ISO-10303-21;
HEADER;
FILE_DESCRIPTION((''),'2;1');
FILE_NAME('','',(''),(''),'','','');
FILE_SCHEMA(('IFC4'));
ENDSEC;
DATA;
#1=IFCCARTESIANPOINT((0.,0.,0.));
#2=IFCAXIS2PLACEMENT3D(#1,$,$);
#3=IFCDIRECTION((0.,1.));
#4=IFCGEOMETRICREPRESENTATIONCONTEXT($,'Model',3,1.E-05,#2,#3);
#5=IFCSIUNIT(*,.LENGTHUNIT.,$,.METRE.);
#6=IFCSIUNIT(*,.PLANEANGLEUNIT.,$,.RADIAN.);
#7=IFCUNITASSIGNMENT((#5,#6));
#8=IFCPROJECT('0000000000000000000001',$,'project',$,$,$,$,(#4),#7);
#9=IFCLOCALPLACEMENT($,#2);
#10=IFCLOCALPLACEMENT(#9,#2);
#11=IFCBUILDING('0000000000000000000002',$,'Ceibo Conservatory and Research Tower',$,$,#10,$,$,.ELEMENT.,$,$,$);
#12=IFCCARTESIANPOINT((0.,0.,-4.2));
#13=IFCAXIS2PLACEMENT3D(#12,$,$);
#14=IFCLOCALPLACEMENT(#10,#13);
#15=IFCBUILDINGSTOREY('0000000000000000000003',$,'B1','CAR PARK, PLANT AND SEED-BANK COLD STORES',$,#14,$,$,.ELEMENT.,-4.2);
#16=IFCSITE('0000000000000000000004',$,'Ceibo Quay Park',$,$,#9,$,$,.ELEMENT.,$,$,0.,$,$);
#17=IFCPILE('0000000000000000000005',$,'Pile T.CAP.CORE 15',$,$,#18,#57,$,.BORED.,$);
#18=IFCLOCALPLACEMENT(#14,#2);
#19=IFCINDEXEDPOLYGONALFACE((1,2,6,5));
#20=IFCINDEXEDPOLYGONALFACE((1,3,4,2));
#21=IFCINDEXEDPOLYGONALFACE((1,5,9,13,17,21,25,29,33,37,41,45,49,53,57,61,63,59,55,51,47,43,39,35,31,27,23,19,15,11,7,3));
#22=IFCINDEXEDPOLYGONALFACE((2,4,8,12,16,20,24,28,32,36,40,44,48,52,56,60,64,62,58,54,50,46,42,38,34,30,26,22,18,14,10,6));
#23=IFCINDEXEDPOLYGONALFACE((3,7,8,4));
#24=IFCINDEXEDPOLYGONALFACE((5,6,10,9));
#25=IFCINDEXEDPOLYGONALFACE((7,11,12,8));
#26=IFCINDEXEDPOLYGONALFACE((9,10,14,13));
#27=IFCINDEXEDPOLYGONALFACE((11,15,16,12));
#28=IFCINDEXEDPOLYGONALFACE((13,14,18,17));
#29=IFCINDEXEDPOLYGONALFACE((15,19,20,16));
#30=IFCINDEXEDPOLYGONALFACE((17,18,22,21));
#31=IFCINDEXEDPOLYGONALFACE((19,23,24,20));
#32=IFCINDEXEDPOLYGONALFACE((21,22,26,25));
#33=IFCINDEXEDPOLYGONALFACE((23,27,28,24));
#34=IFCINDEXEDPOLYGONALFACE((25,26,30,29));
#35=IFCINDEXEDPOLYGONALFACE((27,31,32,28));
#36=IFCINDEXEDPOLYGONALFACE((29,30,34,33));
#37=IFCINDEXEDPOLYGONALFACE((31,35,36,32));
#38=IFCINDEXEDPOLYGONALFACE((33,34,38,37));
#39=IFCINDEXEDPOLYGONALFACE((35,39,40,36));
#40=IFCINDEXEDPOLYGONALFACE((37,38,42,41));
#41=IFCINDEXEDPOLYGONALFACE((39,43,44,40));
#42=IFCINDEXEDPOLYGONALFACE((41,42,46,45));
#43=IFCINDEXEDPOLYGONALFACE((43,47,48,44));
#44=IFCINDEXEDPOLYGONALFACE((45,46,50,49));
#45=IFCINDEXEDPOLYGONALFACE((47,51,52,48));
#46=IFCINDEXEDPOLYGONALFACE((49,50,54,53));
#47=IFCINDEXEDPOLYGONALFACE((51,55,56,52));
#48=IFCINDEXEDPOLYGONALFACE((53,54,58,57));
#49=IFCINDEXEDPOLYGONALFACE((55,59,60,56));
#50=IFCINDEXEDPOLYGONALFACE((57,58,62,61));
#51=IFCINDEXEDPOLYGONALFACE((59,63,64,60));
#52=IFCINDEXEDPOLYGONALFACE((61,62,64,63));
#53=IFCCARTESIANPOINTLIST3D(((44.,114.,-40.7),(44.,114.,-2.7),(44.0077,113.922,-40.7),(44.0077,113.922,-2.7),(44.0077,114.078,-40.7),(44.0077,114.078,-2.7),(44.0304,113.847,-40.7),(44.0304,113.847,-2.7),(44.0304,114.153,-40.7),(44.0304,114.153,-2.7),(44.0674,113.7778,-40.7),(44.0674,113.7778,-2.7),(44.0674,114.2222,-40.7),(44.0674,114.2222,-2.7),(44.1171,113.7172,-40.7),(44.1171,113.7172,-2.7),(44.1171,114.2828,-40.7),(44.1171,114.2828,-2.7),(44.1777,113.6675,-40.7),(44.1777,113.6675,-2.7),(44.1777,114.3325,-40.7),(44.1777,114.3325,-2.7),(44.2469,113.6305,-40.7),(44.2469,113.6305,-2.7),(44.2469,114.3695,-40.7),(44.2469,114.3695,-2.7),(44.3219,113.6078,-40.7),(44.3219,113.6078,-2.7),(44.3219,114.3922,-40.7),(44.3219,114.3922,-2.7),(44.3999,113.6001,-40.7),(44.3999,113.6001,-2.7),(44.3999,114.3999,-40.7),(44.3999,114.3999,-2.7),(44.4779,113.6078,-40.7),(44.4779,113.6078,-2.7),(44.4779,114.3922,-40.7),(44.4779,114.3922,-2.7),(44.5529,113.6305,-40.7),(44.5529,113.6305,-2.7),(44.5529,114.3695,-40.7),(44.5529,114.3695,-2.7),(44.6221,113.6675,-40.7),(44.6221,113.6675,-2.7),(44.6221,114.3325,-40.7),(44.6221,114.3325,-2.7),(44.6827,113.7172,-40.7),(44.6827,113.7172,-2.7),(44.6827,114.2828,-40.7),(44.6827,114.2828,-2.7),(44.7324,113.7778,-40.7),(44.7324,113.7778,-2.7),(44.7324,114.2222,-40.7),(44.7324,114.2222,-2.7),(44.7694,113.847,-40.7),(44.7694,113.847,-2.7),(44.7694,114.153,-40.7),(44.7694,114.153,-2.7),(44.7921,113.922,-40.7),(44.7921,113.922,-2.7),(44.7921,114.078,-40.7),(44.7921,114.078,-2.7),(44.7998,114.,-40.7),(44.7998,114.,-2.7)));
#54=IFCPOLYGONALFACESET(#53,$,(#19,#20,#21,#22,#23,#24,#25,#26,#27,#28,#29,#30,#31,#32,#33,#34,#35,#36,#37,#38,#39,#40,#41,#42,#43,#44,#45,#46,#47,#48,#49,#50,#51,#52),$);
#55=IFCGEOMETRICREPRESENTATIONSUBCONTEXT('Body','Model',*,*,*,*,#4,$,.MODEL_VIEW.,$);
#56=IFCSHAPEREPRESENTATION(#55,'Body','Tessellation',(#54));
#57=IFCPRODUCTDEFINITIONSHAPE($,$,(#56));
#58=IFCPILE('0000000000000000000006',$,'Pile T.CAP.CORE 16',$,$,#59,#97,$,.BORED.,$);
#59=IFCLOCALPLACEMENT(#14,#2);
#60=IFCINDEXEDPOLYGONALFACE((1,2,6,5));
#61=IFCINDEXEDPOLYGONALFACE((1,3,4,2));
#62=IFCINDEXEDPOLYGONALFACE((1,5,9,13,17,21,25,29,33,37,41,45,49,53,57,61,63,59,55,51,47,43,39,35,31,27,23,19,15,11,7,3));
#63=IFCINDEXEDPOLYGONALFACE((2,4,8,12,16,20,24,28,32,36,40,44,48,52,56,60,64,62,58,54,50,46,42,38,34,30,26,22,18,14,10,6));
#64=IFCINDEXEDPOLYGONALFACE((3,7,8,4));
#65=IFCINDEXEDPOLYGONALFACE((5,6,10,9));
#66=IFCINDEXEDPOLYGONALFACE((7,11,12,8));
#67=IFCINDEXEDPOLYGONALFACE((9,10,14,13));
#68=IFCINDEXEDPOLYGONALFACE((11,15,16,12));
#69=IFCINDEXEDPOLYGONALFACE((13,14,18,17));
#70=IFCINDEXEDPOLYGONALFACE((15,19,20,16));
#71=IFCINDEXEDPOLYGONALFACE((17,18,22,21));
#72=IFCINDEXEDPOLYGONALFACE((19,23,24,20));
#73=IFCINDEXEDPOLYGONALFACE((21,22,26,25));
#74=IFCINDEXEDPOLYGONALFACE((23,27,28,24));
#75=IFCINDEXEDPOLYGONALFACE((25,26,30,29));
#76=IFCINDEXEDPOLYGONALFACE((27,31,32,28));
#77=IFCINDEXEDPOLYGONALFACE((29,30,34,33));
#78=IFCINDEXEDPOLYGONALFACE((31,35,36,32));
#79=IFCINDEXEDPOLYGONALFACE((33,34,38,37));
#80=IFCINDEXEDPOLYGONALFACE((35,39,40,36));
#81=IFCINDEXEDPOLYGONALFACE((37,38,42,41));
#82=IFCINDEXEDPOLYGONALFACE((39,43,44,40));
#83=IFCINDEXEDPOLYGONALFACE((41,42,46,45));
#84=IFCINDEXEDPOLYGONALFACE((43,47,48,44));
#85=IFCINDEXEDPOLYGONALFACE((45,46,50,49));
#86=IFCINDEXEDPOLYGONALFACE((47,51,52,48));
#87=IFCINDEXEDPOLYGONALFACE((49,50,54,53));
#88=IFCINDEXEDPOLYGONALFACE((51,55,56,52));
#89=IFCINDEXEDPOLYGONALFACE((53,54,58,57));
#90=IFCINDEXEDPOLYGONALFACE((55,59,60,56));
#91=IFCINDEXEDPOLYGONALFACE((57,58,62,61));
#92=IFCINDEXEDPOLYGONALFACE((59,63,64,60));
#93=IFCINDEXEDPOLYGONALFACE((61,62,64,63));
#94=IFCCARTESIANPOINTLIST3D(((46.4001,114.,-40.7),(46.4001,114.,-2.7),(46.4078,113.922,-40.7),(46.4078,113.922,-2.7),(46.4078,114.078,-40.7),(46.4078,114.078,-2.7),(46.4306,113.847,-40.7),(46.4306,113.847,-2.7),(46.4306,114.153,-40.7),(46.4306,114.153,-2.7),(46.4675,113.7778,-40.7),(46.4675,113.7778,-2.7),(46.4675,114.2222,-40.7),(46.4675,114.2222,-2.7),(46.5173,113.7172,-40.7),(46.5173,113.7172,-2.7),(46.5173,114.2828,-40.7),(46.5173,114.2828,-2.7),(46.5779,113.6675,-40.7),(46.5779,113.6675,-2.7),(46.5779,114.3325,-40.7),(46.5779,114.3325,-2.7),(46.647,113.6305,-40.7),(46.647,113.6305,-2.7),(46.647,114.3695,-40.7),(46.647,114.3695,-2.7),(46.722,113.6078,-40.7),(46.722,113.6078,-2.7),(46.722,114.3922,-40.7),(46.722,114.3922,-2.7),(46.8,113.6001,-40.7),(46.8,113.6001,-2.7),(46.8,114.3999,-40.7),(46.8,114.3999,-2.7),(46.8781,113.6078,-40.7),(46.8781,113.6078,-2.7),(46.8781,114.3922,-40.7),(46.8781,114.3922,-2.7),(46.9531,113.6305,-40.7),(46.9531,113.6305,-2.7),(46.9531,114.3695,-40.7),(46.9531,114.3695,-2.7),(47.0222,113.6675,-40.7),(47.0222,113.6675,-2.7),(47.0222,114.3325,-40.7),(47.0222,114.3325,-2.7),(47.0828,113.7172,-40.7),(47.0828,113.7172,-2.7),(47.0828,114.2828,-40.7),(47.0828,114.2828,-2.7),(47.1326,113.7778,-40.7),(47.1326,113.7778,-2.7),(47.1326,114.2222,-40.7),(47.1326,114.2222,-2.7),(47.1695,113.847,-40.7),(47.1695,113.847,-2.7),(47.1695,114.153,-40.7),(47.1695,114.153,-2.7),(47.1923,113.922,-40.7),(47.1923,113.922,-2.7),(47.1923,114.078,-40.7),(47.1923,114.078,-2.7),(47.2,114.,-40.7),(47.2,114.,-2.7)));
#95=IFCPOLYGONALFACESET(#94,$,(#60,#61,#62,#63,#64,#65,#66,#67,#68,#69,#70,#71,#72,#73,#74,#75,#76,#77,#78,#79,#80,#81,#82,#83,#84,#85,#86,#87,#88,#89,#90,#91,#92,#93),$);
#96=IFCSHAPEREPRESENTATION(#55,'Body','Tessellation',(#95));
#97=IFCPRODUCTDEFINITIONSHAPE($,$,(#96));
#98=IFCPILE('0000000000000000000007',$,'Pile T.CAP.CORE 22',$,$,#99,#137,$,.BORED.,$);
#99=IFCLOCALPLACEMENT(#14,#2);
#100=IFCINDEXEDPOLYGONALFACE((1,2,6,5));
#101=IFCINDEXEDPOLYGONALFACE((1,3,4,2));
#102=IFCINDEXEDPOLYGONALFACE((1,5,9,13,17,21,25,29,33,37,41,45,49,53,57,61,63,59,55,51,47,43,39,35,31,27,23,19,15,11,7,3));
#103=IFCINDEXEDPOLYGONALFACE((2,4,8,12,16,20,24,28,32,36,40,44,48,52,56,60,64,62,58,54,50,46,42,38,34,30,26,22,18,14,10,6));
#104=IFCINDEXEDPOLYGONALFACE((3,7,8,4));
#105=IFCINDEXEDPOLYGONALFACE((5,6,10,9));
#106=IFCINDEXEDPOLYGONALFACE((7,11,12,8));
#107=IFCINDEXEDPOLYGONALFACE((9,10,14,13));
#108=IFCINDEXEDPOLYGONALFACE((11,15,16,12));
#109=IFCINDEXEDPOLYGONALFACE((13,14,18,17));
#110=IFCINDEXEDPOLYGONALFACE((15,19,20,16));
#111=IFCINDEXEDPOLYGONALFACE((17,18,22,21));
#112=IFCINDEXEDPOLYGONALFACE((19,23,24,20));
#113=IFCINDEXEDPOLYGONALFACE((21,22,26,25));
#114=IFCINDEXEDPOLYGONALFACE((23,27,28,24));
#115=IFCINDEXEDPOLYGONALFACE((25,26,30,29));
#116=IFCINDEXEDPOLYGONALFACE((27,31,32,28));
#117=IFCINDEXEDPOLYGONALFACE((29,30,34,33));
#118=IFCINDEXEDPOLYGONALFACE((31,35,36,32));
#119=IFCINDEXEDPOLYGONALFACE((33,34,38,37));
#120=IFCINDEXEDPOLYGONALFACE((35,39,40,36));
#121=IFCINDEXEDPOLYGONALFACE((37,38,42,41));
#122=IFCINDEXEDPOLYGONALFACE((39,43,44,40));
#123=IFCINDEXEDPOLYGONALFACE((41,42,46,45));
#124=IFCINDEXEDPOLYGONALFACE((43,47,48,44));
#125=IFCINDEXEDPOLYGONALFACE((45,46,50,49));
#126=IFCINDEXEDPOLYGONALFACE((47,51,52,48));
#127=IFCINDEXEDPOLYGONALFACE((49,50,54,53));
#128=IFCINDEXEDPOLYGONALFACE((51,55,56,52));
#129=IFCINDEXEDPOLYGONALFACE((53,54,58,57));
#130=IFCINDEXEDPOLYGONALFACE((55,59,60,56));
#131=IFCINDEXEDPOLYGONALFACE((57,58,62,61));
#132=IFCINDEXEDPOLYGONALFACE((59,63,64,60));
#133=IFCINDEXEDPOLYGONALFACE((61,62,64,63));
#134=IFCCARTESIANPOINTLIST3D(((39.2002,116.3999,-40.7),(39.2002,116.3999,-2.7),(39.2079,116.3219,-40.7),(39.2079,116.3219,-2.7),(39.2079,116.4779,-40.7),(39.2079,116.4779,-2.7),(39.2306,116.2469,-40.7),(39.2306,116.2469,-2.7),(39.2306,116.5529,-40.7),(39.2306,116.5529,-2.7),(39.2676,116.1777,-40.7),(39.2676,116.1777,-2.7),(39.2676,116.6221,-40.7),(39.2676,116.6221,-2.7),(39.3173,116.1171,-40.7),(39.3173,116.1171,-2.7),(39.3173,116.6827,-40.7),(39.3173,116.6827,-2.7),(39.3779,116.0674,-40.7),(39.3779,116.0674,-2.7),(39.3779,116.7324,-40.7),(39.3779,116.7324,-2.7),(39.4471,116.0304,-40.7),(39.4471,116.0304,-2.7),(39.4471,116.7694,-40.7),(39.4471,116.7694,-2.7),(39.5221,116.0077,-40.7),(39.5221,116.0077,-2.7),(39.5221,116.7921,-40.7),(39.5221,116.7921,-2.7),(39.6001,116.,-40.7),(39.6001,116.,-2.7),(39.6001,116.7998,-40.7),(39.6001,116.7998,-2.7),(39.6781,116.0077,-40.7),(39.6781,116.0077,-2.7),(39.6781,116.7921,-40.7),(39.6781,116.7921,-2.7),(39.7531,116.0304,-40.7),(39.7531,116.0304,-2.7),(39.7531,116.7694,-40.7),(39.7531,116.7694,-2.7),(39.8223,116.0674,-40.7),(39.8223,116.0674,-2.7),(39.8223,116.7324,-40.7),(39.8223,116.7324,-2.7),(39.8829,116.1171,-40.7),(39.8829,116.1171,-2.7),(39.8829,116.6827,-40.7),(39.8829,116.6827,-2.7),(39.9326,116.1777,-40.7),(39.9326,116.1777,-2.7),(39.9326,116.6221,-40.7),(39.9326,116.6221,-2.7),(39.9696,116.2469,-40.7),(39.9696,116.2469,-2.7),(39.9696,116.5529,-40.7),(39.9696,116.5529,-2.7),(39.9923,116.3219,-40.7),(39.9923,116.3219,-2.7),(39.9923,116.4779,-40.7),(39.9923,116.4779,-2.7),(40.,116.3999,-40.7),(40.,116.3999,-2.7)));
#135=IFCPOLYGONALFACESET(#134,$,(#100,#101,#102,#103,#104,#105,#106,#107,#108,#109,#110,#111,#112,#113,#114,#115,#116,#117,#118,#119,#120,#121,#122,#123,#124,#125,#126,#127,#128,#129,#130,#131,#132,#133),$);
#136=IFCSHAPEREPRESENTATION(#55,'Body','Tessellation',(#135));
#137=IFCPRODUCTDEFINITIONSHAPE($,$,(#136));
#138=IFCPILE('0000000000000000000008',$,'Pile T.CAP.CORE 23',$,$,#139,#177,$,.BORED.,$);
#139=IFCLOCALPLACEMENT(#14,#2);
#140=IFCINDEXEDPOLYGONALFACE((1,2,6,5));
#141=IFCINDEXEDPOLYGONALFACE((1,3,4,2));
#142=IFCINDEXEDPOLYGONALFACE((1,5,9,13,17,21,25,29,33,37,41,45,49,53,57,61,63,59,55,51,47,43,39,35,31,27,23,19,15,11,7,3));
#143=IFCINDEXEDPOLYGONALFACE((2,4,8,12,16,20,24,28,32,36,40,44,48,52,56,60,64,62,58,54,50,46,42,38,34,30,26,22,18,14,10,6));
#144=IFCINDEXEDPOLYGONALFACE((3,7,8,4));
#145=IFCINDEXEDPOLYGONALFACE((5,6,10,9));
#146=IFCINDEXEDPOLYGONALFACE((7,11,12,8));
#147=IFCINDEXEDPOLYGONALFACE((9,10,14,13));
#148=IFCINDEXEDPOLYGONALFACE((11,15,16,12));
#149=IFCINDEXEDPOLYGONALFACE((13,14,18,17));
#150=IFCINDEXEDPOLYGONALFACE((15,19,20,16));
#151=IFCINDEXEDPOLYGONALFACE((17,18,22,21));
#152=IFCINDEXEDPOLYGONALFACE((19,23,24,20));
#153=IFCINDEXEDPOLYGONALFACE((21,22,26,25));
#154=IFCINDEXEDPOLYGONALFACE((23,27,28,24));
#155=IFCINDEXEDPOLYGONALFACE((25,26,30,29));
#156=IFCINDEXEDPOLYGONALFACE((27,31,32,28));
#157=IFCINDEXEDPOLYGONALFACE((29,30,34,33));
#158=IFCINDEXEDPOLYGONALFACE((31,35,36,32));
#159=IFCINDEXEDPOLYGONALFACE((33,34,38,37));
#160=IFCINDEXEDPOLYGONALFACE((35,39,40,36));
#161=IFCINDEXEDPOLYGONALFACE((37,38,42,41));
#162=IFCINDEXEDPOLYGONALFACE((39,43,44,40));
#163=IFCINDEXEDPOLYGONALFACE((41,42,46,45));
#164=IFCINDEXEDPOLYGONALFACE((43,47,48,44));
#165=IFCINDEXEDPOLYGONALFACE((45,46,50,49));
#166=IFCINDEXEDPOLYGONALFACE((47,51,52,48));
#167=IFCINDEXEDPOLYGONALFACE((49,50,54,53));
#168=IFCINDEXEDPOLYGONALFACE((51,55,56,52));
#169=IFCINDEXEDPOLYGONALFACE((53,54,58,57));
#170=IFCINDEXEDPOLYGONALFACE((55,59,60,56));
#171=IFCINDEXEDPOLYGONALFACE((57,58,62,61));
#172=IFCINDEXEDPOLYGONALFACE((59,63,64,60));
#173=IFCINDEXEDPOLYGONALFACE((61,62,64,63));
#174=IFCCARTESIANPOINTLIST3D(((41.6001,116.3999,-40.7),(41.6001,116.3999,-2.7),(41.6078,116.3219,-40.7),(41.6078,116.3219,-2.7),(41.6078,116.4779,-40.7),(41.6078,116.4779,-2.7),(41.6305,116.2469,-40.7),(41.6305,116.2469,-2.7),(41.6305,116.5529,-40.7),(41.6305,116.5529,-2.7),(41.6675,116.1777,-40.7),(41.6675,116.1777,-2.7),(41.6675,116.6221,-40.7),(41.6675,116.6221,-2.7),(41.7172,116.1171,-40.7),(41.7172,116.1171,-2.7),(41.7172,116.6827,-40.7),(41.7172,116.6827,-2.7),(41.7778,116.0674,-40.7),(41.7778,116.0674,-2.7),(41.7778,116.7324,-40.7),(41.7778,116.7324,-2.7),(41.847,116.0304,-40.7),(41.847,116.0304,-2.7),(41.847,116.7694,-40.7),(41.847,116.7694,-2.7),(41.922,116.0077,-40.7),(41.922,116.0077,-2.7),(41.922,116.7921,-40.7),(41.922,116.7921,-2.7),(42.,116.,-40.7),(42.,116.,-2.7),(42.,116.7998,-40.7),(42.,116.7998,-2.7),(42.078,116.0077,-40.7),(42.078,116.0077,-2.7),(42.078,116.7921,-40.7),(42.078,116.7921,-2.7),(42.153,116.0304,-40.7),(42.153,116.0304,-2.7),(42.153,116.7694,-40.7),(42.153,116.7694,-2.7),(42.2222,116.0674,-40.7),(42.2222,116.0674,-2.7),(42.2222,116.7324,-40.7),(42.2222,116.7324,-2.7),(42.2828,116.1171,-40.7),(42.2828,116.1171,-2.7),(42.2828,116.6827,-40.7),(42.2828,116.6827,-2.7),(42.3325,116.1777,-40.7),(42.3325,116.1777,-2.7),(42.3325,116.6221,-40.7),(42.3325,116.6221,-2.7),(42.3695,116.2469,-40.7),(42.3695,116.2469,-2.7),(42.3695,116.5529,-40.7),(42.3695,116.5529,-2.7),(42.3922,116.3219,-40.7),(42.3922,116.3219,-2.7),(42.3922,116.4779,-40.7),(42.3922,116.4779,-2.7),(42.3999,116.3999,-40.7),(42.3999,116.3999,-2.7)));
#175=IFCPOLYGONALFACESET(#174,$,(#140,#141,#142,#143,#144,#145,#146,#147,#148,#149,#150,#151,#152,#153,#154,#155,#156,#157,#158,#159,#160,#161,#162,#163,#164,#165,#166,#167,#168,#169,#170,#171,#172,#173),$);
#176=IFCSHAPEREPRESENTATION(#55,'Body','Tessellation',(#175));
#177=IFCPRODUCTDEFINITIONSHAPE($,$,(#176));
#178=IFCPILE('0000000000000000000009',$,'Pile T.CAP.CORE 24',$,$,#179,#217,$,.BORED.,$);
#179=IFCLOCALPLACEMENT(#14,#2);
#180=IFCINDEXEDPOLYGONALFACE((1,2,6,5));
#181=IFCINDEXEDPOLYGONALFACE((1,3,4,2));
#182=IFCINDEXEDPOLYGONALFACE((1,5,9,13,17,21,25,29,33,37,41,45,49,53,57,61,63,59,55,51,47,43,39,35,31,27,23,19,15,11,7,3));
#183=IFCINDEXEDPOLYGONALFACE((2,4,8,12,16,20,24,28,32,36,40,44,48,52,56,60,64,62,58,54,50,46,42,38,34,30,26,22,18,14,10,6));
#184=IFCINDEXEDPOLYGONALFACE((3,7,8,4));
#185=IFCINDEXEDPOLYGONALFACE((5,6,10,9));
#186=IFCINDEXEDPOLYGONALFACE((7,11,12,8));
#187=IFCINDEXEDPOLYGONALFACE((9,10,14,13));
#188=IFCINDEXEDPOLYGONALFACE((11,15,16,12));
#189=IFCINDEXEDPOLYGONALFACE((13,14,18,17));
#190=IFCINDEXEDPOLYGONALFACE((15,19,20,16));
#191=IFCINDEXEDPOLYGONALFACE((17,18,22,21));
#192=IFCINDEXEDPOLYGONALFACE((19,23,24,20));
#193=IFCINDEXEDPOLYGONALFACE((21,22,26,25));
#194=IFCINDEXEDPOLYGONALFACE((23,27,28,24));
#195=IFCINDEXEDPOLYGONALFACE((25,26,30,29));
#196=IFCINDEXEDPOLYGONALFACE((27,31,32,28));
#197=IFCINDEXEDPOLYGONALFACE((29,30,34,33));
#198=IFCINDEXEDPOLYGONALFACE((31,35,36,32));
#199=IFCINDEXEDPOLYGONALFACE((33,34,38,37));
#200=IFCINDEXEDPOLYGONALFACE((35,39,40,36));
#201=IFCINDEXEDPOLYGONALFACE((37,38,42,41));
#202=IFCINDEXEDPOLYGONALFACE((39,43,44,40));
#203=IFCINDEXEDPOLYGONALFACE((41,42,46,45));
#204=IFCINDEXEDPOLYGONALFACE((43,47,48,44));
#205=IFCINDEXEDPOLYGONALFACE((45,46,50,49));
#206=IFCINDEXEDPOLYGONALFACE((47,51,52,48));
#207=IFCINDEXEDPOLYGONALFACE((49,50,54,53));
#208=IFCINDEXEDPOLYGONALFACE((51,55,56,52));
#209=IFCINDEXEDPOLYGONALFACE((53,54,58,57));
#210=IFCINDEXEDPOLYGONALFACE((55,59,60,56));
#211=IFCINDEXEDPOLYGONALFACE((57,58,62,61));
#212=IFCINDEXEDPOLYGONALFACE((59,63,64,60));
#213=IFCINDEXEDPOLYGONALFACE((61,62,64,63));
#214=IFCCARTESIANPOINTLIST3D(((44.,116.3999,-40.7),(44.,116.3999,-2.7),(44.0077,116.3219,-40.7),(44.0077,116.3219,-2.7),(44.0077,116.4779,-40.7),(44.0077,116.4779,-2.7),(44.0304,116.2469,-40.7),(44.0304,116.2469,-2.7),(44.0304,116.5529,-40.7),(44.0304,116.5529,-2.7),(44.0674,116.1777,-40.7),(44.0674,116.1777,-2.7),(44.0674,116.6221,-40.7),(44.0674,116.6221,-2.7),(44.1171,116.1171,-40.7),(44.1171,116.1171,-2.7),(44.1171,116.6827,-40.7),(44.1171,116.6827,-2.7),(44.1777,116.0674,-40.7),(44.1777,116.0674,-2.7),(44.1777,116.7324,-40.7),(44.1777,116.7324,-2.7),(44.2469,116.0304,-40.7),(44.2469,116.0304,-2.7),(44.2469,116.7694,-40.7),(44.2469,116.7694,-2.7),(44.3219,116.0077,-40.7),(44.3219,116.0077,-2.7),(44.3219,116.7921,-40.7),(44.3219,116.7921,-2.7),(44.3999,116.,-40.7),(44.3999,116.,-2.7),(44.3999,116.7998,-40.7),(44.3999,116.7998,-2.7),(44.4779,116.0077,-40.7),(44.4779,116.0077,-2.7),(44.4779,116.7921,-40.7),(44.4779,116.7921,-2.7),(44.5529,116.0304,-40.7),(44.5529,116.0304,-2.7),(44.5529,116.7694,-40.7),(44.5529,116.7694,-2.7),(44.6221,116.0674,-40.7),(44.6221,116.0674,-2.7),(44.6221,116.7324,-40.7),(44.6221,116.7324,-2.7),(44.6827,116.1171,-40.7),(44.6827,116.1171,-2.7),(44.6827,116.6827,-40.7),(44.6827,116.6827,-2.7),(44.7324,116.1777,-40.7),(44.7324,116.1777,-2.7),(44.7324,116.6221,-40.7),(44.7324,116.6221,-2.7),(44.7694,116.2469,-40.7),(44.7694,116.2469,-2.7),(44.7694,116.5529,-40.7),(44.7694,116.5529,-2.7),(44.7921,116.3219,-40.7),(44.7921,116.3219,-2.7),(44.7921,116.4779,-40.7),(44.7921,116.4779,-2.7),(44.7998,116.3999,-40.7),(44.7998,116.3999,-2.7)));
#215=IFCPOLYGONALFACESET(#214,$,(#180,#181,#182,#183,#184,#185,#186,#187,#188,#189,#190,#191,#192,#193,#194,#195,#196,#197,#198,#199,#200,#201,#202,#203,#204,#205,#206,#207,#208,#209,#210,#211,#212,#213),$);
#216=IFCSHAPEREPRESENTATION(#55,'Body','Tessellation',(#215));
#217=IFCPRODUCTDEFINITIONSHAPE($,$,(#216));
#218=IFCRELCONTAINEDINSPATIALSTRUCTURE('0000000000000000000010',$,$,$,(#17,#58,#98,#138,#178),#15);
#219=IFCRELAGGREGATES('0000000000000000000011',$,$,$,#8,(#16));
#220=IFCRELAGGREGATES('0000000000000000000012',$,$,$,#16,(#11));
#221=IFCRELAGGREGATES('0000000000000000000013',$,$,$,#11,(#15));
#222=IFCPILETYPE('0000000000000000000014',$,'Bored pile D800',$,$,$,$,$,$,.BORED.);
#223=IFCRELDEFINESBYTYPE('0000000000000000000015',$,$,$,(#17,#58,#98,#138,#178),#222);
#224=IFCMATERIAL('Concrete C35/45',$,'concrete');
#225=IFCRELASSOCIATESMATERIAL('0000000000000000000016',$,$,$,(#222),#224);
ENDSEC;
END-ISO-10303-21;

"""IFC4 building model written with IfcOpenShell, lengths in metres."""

from ifc_helpers import new_model, si_unit, direction, frame, origin, origin_2d, place, context, subcontext, project, spatial, circle, extrude, material, material_profile, profile_set, type_object, element, save


model = new_model("IFC4")

# Units and contexts
model_context = context("Model", 3, precision=1e-05, world=origin(), true_north=direction((0.0, 1.0)))
body_context = subcontext(model_context, "Body", "Model", "MODEL_VIEW")
ifc_project = project(units=[si_unit("LENGTHUNIT", "METRE"), si_unit("PLANEANGLEUNIT", "RADIAN")], contexts=[model_context])

# Site, building, storey
site_placement = place(None, origin())
site = spatial("IfcSite", under=ifc_project, at=site_placement, Name="Ceibo Quay Park", CompositionType="ELEMENT", RefElevation=0.0)
building_placement = place(site_placement, origin())
building = spatial("IfcBuilding", under=site, at=building_placement, Name="Ceibo Conservatory and Research Tower", CompositionType="ELEMENT")
storey_placement = place(building_placement, frame((0.0, 0.0, -4.2)))
storey = spatial("IfcBuildingStorey", under=building, at=storey_placement, Name="B1", Description="CAR PARK, PLANT AND SEED-BANK COLD STORES", CompositionType="ELEMENT", Elevation=-4.2)

# Piles
ifc_material_1 = material(Name="Concrete C35/45", Category="concrete")
ifc_material_profile = material_profile(ifc_material_1, circle(Radius=0.3999, at=origin_2d()), Name="RC D800")
ifc_profile_set = profile_set([ifc_material_profile], Name="Concrete C35/45")
pile_type = type_object("IfcPileType", Name="Bored pile D800", PredefinedType="BORED", material=ifc_profile_set)
for number, where, z_axis, x_axis, name in (
    (1, (44.3999, 114.0, -2.7), (0.0, 0.0, -1.0), (1.0, 0.0, 0.0), "Pile T.CAP.CORE 15"),
    (2, (46.8, 114.0, -2.7), (0.0, 0.0, -1.0), (1.0, 0.0, 0.0), "Pile T.CAP.CORE 16"),
    (3, (39.6001, 116.3999, -2.7), (0.0, 0.0, -1.0), (1.0, 0.0, 0.0), "Pile T.CAP.CORE 22"),
    (4, (42.0, 116.3999, -2.7), (0.0, 0.0, -1.0), (1.0, 0.0, 0.0), "Pile T.CAP.CORE 23"),
    (5, (44.3999, 116.3999, -2.7), (0.0, 0.0, -1.0), (1.0, 0.0, 0.0), "Pile T.CAP.CORE 24"),
):
    element("IfcPile", number, at=place(storey_placement, frame(where, z_axis=z_axis, x_axis=x_axis)), inside=storey, type_object=pile_type, Name=name, PredefinedType="BORED", context=body_context, shape_type="SweptSolid", body=[
        extrude(circle(Radius=0.3999, at=origin_2d()), origin(), (0.0, 0.0, 1.0), 38.0),
    ])

save(model, "model.ifc")
